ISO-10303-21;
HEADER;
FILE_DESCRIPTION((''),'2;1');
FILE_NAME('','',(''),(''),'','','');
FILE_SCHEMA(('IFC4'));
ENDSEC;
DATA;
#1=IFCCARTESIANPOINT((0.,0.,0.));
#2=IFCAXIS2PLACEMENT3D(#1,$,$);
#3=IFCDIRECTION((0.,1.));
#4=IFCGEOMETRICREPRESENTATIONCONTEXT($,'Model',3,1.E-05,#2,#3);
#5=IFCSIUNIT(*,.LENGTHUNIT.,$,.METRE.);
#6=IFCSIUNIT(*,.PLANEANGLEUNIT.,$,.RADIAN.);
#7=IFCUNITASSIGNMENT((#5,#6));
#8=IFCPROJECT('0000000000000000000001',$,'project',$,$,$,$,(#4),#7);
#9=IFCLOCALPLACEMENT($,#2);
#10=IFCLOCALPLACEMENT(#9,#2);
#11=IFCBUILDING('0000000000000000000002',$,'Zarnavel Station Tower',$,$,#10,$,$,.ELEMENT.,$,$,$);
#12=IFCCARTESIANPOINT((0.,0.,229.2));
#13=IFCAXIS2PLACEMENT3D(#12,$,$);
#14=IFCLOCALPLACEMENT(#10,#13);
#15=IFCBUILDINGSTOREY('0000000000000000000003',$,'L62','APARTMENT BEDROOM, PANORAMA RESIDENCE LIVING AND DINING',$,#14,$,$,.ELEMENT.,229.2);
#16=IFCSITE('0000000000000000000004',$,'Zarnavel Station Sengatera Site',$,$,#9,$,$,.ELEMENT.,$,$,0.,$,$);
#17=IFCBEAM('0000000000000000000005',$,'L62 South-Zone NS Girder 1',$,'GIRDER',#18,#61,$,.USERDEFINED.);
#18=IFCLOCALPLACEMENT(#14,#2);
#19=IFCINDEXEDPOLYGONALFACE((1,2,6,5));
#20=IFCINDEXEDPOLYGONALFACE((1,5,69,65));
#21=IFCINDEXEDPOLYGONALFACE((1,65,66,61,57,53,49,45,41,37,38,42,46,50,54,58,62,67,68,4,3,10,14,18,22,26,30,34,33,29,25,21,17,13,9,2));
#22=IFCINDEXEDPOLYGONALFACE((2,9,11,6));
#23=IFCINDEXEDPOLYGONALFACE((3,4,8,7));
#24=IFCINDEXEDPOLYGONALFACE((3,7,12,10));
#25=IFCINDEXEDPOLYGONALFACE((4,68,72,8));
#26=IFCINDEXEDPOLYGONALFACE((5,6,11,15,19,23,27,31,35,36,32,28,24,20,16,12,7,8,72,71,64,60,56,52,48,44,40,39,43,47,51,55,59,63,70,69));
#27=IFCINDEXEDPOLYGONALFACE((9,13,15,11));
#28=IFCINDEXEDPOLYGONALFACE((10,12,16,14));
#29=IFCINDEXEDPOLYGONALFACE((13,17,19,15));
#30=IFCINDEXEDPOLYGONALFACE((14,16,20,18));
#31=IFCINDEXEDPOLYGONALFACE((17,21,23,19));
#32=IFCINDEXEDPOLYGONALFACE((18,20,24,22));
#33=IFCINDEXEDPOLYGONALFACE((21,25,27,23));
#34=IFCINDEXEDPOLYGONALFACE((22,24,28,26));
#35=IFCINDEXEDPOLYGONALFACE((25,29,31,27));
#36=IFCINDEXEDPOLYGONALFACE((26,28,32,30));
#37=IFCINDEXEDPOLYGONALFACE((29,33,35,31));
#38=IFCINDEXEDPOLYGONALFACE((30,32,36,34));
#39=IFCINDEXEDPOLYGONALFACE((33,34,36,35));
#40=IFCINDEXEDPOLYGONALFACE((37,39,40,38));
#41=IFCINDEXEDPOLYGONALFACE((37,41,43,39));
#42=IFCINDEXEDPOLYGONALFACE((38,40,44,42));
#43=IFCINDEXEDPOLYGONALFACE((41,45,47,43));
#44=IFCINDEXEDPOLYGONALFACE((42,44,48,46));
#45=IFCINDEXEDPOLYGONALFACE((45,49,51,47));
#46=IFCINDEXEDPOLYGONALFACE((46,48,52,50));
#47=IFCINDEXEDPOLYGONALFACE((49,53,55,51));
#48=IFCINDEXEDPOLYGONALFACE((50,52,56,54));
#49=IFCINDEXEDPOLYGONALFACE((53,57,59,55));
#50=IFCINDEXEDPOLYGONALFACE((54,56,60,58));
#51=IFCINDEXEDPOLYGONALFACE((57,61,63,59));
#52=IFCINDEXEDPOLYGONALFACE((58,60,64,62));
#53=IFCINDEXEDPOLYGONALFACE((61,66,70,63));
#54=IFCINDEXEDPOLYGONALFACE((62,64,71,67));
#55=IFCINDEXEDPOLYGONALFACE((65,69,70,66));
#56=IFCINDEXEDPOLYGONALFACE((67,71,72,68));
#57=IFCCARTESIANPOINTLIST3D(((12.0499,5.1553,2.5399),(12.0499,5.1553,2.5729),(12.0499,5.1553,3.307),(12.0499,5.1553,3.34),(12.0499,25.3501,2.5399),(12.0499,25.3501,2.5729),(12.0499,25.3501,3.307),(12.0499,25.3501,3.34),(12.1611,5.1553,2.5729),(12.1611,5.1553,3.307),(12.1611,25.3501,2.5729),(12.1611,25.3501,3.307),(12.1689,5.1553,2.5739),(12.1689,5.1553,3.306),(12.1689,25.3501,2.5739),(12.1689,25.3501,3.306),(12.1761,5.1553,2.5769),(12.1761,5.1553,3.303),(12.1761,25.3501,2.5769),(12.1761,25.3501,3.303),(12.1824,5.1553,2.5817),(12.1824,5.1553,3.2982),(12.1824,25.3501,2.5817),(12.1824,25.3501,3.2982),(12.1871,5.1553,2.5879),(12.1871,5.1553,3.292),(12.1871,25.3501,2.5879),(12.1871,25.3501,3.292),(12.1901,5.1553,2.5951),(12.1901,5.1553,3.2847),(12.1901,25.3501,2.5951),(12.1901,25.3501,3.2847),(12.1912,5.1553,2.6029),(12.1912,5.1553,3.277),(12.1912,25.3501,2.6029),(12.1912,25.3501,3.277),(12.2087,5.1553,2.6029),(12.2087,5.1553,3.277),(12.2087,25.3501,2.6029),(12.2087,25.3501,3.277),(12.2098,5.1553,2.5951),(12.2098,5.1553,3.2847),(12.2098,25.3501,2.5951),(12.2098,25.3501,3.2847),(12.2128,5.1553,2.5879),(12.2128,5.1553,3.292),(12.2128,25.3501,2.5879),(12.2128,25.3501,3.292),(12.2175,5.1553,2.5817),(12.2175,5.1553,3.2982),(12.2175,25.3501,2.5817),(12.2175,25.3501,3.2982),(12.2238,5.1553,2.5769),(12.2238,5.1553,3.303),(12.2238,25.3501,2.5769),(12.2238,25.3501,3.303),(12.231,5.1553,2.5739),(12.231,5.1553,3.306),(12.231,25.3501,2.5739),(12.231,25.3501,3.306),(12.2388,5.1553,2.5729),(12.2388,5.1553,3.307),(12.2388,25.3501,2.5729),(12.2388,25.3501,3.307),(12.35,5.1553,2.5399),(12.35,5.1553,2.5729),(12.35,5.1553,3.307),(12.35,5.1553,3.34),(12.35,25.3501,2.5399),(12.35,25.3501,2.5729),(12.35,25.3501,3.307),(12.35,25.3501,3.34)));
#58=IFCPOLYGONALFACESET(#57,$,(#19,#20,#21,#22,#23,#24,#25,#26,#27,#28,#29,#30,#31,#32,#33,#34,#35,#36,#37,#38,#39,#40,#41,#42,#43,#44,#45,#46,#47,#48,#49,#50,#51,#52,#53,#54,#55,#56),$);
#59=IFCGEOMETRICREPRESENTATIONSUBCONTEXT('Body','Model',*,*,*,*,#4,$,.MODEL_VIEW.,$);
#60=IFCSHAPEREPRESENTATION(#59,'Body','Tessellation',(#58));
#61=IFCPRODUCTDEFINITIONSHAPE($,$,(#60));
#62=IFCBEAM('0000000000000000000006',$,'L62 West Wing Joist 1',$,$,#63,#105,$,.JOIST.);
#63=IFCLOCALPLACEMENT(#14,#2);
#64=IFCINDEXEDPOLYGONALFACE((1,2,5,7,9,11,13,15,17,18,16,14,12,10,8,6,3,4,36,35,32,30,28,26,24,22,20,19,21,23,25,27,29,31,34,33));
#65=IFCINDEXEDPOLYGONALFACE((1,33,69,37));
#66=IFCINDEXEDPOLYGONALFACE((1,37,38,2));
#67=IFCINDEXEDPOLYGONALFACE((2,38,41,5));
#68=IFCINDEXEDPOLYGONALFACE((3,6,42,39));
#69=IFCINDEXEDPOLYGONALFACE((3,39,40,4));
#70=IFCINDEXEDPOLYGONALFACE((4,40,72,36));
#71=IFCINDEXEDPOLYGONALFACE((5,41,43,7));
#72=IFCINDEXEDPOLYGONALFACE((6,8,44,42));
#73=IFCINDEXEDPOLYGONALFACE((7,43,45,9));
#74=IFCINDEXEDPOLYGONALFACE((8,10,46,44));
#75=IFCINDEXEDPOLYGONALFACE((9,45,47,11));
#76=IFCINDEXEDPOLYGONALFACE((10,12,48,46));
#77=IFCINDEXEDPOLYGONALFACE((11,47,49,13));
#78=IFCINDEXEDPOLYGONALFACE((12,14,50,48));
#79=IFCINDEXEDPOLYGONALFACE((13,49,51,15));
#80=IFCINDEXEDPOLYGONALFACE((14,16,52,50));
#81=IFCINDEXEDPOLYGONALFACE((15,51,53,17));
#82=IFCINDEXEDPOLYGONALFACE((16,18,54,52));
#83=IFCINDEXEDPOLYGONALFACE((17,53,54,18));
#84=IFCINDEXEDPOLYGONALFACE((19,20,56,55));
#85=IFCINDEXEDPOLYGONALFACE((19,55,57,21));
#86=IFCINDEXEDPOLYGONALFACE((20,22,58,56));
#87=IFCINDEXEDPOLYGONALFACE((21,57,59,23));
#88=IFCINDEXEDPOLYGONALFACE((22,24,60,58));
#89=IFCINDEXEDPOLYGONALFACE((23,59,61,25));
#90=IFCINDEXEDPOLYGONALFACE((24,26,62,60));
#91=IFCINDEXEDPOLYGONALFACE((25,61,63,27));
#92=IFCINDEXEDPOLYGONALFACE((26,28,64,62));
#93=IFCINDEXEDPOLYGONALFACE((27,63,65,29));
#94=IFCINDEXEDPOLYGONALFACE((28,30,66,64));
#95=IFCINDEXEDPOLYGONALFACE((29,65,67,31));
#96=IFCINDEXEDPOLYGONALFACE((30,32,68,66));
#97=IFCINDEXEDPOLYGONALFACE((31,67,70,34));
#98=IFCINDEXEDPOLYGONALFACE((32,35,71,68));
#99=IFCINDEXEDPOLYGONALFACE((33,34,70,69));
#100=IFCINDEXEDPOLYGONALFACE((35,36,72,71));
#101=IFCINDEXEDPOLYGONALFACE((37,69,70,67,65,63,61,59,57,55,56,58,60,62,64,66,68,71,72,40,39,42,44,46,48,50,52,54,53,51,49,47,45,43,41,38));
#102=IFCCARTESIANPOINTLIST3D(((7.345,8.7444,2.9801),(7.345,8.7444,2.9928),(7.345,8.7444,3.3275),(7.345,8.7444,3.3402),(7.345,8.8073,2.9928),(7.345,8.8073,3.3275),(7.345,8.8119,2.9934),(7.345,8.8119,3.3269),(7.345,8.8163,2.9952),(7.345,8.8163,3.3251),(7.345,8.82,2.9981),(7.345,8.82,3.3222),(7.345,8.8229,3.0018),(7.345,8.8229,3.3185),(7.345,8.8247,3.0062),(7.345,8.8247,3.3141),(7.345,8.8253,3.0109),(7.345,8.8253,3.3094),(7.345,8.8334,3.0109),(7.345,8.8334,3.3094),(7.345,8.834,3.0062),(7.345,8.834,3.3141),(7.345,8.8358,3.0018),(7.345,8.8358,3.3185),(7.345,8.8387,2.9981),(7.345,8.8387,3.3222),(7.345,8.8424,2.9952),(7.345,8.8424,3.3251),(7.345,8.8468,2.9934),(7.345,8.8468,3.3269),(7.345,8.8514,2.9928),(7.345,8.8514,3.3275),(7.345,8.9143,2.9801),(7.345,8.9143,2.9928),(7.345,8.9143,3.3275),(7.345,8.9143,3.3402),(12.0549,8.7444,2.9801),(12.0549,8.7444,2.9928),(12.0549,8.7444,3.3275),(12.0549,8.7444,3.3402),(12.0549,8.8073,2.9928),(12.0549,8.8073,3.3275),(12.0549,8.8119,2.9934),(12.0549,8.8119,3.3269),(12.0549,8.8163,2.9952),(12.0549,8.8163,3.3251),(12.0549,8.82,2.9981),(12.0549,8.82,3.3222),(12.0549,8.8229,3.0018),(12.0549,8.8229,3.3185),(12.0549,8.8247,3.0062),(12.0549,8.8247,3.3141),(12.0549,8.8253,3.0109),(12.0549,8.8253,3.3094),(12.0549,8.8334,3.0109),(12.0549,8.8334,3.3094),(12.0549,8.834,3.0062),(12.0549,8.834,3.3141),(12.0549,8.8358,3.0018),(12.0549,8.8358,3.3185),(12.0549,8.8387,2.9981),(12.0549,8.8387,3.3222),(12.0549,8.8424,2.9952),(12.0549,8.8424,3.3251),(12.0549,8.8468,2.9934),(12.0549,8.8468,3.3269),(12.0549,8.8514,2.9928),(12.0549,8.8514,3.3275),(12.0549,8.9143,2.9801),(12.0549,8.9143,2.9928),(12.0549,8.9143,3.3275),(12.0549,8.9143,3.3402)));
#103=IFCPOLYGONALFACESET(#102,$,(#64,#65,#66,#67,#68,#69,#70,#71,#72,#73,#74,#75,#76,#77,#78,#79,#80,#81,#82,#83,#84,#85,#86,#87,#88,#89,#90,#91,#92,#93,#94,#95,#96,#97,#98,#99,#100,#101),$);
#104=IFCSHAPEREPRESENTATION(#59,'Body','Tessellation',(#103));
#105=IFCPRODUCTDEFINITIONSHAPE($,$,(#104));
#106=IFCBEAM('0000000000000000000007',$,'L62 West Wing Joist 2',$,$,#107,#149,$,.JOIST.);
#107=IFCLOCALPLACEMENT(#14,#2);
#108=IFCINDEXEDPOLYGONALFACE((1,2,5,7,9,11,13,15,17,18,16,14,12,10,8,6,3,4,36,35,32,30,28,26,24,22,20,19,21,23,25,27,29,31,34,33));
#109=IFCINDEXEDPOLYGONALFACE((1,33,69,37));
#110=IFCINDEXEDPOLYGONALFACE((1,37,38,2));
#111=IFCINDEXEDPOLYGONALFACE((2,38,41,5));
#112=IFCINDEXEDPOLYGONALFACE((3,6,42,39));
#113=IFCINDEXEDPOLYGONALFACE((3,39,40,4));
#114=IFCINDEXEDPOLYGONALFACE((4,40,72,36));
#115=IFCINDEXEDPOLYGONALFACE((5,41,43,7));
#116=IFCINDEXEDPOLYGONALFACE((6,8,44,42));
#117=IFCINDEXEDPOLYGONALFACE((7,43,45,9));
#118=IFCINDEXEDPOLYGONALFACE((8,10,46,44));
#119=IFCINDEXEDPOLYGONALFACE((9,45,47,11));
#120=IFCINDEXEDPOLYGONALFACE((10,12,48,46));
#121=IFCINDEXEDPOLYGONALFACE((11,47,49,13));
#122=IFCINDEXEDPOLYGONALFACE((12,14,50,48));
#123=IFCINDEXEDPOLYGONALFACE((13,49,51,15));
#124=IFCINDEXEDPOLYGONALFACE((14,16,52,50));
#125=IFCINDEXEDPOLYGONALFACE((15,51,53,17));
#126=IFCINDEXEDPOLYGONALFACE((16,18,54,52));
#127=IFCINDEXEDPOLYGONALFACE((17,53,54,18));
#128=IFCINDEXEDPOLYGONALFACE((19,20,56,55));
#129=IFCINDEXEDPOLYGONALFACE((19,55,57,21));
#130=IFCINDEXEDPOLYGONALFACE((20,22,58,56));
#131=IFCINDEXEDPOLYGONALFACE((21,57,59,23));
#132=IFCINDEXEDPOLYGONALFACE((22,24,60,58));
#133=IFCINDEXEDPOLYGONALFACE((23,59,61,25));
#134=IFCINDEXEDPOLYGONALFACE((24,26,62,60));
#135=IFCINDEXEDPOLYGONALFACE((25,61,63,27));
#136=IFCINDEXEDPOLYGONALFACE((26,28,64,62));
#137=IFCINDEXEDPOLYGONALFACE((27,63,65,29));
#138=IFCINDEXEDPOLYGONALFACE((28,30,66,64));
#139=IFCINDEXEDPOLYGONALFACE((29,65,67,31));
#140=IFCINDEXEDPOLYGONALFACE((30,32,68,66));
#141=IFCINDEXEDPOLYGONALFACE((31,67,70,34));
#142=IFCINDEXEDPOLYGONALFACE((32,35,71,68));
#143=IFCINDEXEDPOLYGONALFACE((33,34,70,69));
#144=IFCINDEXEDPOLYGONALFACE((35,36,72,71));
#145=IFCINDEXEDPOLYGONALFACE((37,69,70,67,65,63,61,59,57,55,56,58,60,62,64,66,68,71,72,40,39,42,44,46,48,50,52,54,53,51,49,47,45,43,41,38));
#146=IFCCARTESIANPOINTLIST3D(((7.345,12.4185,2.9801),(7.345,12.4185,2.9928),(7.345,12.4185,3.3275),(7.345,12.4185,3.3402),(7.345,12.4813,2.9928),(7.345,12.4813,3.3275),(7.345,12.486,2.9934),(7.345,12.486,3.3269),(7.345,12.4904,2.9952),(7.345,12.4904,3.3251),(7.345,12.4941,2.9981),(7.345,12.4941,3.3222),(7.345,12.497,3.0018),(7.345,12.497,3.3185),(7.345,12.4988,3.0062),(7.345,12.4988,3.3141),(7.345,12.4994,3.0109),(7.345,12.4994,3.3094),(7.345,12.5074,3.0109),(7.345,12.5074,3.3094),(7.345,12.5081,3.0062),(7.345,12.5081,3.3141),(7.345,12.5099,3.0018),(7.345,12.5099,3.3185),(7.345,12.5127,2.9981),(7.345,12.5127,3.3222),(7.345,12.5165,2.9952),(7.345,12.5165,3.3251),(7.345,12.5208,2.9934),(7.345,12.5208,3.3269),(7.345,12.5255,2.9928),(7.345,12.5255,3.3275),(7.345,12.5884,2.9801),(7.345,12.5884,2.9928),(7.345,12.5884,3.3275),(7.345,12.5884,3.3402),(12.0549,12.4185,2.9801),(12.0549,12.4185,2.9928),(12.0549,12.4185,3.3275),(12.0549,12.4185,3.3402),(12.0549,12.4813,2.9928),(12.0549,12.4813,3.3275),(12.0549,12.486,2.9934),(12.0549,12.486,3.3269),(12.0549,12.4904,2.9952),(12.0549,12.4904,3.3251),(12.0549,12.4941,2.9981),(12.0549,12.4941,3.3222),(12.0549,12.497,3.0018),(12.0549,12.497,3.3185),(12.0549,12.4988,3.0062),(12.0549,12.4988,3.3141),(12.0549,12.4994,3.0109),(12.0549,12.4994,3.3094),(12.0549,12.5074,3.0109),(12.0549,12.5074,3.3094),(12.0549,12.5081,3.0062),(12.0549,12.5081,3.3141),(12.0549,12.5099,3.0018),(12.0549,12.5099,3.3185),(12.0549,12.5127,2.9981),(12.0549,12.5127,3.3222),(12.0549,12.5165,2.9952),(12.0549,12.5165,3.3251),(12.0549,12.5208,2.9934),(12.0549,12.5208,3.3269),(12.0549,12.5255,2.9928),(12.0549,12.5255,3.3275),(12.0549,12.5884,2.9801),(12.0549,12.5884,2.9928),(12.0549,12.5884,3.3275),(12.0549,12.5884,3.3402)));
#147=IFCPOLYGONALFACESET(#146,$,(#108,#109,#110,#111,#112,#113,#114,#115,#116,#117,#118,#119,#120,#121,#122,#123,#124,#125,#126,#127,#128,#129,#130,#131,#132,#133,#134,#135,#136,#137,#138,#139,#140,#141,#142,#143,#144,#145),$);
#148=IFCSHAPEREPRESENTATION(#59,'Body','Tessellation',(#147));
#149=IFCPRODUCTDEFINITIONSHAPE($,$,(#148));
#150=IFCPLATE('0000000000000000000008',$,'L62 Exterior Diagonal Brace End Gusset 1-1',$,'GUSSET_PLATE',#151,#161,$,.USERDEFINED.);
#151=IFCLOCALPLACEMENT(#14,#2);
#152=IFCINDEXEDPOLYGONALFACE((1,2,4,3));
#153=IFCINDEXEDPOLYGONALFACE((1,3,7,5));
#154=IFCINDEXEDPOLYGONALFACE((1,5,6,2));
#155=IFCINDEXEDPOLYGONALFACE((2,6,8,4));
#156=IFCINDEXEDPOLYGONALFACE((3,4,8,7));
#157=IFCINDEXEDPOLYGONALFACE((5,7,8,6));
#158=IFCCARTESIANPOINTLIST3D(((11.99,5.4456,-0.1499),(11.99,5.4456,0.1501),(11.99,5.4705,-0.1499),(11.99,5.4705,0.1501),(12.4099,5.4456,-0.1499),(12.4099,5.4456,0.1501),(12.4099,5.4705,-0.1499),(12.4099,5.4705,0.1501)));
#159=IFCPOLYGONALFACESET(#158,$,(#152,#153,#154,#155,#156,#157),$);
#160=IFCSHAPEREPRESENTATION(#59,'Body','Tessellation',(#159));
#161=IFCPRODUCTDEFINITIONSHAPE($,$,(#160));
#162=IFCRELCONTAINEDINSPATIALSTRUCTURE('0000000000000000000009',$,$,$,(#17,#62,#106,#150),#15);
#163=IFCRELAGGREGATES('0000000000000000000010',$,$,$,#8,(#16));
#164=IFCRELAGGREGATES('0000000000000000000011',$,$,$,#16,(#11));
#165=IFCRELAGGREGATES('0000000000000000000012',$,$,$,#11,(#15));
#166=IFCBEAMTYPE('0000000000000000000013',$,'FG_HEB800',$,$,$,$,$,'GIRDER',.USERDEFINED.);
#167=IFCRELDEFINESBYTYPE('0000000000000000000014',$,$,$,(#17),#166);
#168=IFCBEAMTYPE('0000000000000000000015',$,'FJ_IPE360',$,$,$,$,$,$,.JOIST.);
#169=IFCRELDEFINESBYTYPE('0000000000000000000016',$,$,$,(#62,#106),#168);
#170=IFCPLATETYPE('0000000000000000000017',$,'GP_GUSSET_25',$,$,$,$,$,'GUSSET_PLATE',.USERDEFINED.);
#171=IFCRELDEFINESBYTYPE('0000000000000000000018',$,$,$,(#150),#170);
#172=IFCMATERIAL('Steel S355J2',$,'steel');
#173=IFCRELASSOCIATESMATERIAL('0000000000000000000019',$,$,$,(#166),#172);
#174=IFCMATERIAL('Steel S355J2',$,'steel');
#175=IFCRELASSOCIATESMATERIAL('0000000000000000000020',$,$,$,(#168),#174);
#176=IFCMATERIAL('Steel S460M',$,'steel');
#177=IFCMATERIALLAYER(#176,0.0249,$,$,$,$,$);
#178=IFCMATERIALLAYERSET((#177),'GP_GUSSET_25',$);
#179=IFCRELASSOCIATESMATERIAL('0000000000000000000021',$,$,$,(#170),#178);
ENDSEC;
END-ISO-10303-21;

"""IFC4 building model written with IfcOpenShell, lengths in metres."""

from ifc_helpers import new_model, si_unit, direction, frame, origin, origin_2d, place, context, subcontext, project, spatial, rectangle, i_section, extrude, material, layer, layer_set, material_profile, profile_set, type_object, element, save


model = new_model("IFC4")

# Units and contexts
model_context = context("Model", 3, precision=1e-05, world=origin(), true_north=direction((0.0, 1.0)))
body_context = subcontext(model_context, "Body", "Model", "MODEL_VIEW")
ifc_project = project(units=[si_unit("LENGTHUNIT", "METRE"), si_unit("PLANEANGLEUNIT", "RADIAN")], contexts=[model_context])

# Site, building, storey
site_placement = place(None, origin())
site = spatial("IfcSite", under=ifc_project, at=site_placement, Name="Zarnavel Station Sengatera Site", CompositionType="ELEMENT", RefElevation=0.0)
building_placement = place(site_placement, origin())
building = spatial("IfcBuilding", under=site, at=building_placement, Name="Zarnavel Station Tower", CompositionType="ELEMENT")
storey_placement = place(building_placement, frame((0.0, 0.0, 229.2)))
storey = spatial("IfcBuildingStorey", under=building, at=storey_placement, Name="L62", Description="APARTMENT BEDROOM, PANORAMA RESIDENCE LIVING AND DINING", CompositionType="ELEMENT", Elevation=229.2)

# Beams
ifc_material_1 = material(Name="Steel S355J2", Category="steel")
ifc_material_profile_1 = material_profile(ifc_material_1, i_section(OverallWidth=0.3, OverallDepth=0.8, WebThickness=0.0176, FlangeThickness=0.033, FilletRadius=0.03, at=origin_2d()), Name="HEB800")
ifc_profile_set_1 = profile_set([ifc_material_profile_1], Name="Steel S355J2")
beam_type_1 = type_object("IfcBeamType", Name="FG_HEB800", ElementType="GIRDER", PredefinedType="USERDEFINED", material=ifc_profile_set_1)
beam_1_placement = place(storey_placement, frame((12.2, 5.1553, 2.9399), z_axis=(0.0, 1.0, 0.0), x_axis=(-1.0, 0.0, 0.0)))
element("IfcBeam", 1, at=beam_1_placement, inside=storey, type_object=beam_type_1, Name="L62 South-Zone NS Girder 1", ObjectType="GIRDER", PredefinedType="USERDEFINED", context=body_context, shape_type="SweptSolid", body=[
    extrude(i_section(OverallWidth=0.3, OverallDepth=0.8, WebThickness=0.0176, FlangeThickness=0.033, FilletRadius=0.03, at=origin_2d()), origin(), (0.0, 0.0, 1.0), 20.1948),
])
ifc_material_2 = material(Name="Steel S355J2", Category="steel")
ifc_material_profile_2 = material_profile(ifc_material_2, i_section(OverallWidth=0.1699, OverallDepth=0.3601, WebThickness=0.0081, FlangeThickness=0.0127, FilletRadius=0.0181, at=origin_2d()), Name="IPE360")
ifc_profile_set_2 = profile_set([ifc_material_profile_2], Name="Steel S355J2")
beam_type_2 = type_object("IfcBeamType", Name="FJ_IPE360", PredefinedType="JOIST", material=ifc_profile_set_2)
for number, where, z_axis, x_axis, name in (
    (2, (7.345, 8.8293, 3.1602), (1.0, 0.0, 0.0), (0.0, 1.0, 0.0), "L62 West Wing Joist 1"),
    (3, (7.345, 12.5034, 3.1602), (1.0, 0.0, 0.0), (0.0, 1.0, 0.0), "L62 West Wing Joist 2"),
):
    element("IfcBeam", number, at=place(storey_placement, frame(where, z_axis=z_axis, x_axis=x_axis)), inside=storey, type_object=beam_type_2, Name=name, PredefinedType="JOIST", context=body_context, shape_type="SweptSolid", body=[
        extrude(i_section(OverallWidth=0.1699, OverallDepth=0.3601, WebThickness=0.0081, FlangeThickness=0.0127, FilletRadius=0.0181, at=origin_2d()), origin(), (0.0, 0.0, 1.0), 4.71),
    ])

# Plate
ifc_material_3 = material(Name="Steel S460M", Category="steel")
ifc_layer_1 = layer(ifc_material_3, 0.0249)
ifc_layer_set_1 = layer_set([ifc_layer_1], Name="GP_GUSSET_25")
plate_type = type_object("IfcPlateType", Name="GP_GUSSET_25", ElementType="GUSSET_PLATE", PredefinedType="USERDEFINED", material=ifc_layer_set_1)
plate_placement = place(storey_placement, frame((12.2, 5.458, -0.1499), z_axis=(0.0, 0.0, 1.0), x_axis=(1.0, 0.0, 0.0)))
element("IfcPlate", 4, at=plate_placement, inside=storey, type_object=plate_type, Name="L62 Exterior Diagonal Brace End Gusset 1-1", ObjectType="GUSSET_PLATE", PredefinedType="USERDEFINED", context=body_context, shape_type="SweptSolid", body=[
    extrude(rectangle(XDim=0.4199, YDim=0.0249, at=origin_2d()), origin(), (0.0, 0.0, 1.0), 0.3),
])

save(model, "model.ifc")
